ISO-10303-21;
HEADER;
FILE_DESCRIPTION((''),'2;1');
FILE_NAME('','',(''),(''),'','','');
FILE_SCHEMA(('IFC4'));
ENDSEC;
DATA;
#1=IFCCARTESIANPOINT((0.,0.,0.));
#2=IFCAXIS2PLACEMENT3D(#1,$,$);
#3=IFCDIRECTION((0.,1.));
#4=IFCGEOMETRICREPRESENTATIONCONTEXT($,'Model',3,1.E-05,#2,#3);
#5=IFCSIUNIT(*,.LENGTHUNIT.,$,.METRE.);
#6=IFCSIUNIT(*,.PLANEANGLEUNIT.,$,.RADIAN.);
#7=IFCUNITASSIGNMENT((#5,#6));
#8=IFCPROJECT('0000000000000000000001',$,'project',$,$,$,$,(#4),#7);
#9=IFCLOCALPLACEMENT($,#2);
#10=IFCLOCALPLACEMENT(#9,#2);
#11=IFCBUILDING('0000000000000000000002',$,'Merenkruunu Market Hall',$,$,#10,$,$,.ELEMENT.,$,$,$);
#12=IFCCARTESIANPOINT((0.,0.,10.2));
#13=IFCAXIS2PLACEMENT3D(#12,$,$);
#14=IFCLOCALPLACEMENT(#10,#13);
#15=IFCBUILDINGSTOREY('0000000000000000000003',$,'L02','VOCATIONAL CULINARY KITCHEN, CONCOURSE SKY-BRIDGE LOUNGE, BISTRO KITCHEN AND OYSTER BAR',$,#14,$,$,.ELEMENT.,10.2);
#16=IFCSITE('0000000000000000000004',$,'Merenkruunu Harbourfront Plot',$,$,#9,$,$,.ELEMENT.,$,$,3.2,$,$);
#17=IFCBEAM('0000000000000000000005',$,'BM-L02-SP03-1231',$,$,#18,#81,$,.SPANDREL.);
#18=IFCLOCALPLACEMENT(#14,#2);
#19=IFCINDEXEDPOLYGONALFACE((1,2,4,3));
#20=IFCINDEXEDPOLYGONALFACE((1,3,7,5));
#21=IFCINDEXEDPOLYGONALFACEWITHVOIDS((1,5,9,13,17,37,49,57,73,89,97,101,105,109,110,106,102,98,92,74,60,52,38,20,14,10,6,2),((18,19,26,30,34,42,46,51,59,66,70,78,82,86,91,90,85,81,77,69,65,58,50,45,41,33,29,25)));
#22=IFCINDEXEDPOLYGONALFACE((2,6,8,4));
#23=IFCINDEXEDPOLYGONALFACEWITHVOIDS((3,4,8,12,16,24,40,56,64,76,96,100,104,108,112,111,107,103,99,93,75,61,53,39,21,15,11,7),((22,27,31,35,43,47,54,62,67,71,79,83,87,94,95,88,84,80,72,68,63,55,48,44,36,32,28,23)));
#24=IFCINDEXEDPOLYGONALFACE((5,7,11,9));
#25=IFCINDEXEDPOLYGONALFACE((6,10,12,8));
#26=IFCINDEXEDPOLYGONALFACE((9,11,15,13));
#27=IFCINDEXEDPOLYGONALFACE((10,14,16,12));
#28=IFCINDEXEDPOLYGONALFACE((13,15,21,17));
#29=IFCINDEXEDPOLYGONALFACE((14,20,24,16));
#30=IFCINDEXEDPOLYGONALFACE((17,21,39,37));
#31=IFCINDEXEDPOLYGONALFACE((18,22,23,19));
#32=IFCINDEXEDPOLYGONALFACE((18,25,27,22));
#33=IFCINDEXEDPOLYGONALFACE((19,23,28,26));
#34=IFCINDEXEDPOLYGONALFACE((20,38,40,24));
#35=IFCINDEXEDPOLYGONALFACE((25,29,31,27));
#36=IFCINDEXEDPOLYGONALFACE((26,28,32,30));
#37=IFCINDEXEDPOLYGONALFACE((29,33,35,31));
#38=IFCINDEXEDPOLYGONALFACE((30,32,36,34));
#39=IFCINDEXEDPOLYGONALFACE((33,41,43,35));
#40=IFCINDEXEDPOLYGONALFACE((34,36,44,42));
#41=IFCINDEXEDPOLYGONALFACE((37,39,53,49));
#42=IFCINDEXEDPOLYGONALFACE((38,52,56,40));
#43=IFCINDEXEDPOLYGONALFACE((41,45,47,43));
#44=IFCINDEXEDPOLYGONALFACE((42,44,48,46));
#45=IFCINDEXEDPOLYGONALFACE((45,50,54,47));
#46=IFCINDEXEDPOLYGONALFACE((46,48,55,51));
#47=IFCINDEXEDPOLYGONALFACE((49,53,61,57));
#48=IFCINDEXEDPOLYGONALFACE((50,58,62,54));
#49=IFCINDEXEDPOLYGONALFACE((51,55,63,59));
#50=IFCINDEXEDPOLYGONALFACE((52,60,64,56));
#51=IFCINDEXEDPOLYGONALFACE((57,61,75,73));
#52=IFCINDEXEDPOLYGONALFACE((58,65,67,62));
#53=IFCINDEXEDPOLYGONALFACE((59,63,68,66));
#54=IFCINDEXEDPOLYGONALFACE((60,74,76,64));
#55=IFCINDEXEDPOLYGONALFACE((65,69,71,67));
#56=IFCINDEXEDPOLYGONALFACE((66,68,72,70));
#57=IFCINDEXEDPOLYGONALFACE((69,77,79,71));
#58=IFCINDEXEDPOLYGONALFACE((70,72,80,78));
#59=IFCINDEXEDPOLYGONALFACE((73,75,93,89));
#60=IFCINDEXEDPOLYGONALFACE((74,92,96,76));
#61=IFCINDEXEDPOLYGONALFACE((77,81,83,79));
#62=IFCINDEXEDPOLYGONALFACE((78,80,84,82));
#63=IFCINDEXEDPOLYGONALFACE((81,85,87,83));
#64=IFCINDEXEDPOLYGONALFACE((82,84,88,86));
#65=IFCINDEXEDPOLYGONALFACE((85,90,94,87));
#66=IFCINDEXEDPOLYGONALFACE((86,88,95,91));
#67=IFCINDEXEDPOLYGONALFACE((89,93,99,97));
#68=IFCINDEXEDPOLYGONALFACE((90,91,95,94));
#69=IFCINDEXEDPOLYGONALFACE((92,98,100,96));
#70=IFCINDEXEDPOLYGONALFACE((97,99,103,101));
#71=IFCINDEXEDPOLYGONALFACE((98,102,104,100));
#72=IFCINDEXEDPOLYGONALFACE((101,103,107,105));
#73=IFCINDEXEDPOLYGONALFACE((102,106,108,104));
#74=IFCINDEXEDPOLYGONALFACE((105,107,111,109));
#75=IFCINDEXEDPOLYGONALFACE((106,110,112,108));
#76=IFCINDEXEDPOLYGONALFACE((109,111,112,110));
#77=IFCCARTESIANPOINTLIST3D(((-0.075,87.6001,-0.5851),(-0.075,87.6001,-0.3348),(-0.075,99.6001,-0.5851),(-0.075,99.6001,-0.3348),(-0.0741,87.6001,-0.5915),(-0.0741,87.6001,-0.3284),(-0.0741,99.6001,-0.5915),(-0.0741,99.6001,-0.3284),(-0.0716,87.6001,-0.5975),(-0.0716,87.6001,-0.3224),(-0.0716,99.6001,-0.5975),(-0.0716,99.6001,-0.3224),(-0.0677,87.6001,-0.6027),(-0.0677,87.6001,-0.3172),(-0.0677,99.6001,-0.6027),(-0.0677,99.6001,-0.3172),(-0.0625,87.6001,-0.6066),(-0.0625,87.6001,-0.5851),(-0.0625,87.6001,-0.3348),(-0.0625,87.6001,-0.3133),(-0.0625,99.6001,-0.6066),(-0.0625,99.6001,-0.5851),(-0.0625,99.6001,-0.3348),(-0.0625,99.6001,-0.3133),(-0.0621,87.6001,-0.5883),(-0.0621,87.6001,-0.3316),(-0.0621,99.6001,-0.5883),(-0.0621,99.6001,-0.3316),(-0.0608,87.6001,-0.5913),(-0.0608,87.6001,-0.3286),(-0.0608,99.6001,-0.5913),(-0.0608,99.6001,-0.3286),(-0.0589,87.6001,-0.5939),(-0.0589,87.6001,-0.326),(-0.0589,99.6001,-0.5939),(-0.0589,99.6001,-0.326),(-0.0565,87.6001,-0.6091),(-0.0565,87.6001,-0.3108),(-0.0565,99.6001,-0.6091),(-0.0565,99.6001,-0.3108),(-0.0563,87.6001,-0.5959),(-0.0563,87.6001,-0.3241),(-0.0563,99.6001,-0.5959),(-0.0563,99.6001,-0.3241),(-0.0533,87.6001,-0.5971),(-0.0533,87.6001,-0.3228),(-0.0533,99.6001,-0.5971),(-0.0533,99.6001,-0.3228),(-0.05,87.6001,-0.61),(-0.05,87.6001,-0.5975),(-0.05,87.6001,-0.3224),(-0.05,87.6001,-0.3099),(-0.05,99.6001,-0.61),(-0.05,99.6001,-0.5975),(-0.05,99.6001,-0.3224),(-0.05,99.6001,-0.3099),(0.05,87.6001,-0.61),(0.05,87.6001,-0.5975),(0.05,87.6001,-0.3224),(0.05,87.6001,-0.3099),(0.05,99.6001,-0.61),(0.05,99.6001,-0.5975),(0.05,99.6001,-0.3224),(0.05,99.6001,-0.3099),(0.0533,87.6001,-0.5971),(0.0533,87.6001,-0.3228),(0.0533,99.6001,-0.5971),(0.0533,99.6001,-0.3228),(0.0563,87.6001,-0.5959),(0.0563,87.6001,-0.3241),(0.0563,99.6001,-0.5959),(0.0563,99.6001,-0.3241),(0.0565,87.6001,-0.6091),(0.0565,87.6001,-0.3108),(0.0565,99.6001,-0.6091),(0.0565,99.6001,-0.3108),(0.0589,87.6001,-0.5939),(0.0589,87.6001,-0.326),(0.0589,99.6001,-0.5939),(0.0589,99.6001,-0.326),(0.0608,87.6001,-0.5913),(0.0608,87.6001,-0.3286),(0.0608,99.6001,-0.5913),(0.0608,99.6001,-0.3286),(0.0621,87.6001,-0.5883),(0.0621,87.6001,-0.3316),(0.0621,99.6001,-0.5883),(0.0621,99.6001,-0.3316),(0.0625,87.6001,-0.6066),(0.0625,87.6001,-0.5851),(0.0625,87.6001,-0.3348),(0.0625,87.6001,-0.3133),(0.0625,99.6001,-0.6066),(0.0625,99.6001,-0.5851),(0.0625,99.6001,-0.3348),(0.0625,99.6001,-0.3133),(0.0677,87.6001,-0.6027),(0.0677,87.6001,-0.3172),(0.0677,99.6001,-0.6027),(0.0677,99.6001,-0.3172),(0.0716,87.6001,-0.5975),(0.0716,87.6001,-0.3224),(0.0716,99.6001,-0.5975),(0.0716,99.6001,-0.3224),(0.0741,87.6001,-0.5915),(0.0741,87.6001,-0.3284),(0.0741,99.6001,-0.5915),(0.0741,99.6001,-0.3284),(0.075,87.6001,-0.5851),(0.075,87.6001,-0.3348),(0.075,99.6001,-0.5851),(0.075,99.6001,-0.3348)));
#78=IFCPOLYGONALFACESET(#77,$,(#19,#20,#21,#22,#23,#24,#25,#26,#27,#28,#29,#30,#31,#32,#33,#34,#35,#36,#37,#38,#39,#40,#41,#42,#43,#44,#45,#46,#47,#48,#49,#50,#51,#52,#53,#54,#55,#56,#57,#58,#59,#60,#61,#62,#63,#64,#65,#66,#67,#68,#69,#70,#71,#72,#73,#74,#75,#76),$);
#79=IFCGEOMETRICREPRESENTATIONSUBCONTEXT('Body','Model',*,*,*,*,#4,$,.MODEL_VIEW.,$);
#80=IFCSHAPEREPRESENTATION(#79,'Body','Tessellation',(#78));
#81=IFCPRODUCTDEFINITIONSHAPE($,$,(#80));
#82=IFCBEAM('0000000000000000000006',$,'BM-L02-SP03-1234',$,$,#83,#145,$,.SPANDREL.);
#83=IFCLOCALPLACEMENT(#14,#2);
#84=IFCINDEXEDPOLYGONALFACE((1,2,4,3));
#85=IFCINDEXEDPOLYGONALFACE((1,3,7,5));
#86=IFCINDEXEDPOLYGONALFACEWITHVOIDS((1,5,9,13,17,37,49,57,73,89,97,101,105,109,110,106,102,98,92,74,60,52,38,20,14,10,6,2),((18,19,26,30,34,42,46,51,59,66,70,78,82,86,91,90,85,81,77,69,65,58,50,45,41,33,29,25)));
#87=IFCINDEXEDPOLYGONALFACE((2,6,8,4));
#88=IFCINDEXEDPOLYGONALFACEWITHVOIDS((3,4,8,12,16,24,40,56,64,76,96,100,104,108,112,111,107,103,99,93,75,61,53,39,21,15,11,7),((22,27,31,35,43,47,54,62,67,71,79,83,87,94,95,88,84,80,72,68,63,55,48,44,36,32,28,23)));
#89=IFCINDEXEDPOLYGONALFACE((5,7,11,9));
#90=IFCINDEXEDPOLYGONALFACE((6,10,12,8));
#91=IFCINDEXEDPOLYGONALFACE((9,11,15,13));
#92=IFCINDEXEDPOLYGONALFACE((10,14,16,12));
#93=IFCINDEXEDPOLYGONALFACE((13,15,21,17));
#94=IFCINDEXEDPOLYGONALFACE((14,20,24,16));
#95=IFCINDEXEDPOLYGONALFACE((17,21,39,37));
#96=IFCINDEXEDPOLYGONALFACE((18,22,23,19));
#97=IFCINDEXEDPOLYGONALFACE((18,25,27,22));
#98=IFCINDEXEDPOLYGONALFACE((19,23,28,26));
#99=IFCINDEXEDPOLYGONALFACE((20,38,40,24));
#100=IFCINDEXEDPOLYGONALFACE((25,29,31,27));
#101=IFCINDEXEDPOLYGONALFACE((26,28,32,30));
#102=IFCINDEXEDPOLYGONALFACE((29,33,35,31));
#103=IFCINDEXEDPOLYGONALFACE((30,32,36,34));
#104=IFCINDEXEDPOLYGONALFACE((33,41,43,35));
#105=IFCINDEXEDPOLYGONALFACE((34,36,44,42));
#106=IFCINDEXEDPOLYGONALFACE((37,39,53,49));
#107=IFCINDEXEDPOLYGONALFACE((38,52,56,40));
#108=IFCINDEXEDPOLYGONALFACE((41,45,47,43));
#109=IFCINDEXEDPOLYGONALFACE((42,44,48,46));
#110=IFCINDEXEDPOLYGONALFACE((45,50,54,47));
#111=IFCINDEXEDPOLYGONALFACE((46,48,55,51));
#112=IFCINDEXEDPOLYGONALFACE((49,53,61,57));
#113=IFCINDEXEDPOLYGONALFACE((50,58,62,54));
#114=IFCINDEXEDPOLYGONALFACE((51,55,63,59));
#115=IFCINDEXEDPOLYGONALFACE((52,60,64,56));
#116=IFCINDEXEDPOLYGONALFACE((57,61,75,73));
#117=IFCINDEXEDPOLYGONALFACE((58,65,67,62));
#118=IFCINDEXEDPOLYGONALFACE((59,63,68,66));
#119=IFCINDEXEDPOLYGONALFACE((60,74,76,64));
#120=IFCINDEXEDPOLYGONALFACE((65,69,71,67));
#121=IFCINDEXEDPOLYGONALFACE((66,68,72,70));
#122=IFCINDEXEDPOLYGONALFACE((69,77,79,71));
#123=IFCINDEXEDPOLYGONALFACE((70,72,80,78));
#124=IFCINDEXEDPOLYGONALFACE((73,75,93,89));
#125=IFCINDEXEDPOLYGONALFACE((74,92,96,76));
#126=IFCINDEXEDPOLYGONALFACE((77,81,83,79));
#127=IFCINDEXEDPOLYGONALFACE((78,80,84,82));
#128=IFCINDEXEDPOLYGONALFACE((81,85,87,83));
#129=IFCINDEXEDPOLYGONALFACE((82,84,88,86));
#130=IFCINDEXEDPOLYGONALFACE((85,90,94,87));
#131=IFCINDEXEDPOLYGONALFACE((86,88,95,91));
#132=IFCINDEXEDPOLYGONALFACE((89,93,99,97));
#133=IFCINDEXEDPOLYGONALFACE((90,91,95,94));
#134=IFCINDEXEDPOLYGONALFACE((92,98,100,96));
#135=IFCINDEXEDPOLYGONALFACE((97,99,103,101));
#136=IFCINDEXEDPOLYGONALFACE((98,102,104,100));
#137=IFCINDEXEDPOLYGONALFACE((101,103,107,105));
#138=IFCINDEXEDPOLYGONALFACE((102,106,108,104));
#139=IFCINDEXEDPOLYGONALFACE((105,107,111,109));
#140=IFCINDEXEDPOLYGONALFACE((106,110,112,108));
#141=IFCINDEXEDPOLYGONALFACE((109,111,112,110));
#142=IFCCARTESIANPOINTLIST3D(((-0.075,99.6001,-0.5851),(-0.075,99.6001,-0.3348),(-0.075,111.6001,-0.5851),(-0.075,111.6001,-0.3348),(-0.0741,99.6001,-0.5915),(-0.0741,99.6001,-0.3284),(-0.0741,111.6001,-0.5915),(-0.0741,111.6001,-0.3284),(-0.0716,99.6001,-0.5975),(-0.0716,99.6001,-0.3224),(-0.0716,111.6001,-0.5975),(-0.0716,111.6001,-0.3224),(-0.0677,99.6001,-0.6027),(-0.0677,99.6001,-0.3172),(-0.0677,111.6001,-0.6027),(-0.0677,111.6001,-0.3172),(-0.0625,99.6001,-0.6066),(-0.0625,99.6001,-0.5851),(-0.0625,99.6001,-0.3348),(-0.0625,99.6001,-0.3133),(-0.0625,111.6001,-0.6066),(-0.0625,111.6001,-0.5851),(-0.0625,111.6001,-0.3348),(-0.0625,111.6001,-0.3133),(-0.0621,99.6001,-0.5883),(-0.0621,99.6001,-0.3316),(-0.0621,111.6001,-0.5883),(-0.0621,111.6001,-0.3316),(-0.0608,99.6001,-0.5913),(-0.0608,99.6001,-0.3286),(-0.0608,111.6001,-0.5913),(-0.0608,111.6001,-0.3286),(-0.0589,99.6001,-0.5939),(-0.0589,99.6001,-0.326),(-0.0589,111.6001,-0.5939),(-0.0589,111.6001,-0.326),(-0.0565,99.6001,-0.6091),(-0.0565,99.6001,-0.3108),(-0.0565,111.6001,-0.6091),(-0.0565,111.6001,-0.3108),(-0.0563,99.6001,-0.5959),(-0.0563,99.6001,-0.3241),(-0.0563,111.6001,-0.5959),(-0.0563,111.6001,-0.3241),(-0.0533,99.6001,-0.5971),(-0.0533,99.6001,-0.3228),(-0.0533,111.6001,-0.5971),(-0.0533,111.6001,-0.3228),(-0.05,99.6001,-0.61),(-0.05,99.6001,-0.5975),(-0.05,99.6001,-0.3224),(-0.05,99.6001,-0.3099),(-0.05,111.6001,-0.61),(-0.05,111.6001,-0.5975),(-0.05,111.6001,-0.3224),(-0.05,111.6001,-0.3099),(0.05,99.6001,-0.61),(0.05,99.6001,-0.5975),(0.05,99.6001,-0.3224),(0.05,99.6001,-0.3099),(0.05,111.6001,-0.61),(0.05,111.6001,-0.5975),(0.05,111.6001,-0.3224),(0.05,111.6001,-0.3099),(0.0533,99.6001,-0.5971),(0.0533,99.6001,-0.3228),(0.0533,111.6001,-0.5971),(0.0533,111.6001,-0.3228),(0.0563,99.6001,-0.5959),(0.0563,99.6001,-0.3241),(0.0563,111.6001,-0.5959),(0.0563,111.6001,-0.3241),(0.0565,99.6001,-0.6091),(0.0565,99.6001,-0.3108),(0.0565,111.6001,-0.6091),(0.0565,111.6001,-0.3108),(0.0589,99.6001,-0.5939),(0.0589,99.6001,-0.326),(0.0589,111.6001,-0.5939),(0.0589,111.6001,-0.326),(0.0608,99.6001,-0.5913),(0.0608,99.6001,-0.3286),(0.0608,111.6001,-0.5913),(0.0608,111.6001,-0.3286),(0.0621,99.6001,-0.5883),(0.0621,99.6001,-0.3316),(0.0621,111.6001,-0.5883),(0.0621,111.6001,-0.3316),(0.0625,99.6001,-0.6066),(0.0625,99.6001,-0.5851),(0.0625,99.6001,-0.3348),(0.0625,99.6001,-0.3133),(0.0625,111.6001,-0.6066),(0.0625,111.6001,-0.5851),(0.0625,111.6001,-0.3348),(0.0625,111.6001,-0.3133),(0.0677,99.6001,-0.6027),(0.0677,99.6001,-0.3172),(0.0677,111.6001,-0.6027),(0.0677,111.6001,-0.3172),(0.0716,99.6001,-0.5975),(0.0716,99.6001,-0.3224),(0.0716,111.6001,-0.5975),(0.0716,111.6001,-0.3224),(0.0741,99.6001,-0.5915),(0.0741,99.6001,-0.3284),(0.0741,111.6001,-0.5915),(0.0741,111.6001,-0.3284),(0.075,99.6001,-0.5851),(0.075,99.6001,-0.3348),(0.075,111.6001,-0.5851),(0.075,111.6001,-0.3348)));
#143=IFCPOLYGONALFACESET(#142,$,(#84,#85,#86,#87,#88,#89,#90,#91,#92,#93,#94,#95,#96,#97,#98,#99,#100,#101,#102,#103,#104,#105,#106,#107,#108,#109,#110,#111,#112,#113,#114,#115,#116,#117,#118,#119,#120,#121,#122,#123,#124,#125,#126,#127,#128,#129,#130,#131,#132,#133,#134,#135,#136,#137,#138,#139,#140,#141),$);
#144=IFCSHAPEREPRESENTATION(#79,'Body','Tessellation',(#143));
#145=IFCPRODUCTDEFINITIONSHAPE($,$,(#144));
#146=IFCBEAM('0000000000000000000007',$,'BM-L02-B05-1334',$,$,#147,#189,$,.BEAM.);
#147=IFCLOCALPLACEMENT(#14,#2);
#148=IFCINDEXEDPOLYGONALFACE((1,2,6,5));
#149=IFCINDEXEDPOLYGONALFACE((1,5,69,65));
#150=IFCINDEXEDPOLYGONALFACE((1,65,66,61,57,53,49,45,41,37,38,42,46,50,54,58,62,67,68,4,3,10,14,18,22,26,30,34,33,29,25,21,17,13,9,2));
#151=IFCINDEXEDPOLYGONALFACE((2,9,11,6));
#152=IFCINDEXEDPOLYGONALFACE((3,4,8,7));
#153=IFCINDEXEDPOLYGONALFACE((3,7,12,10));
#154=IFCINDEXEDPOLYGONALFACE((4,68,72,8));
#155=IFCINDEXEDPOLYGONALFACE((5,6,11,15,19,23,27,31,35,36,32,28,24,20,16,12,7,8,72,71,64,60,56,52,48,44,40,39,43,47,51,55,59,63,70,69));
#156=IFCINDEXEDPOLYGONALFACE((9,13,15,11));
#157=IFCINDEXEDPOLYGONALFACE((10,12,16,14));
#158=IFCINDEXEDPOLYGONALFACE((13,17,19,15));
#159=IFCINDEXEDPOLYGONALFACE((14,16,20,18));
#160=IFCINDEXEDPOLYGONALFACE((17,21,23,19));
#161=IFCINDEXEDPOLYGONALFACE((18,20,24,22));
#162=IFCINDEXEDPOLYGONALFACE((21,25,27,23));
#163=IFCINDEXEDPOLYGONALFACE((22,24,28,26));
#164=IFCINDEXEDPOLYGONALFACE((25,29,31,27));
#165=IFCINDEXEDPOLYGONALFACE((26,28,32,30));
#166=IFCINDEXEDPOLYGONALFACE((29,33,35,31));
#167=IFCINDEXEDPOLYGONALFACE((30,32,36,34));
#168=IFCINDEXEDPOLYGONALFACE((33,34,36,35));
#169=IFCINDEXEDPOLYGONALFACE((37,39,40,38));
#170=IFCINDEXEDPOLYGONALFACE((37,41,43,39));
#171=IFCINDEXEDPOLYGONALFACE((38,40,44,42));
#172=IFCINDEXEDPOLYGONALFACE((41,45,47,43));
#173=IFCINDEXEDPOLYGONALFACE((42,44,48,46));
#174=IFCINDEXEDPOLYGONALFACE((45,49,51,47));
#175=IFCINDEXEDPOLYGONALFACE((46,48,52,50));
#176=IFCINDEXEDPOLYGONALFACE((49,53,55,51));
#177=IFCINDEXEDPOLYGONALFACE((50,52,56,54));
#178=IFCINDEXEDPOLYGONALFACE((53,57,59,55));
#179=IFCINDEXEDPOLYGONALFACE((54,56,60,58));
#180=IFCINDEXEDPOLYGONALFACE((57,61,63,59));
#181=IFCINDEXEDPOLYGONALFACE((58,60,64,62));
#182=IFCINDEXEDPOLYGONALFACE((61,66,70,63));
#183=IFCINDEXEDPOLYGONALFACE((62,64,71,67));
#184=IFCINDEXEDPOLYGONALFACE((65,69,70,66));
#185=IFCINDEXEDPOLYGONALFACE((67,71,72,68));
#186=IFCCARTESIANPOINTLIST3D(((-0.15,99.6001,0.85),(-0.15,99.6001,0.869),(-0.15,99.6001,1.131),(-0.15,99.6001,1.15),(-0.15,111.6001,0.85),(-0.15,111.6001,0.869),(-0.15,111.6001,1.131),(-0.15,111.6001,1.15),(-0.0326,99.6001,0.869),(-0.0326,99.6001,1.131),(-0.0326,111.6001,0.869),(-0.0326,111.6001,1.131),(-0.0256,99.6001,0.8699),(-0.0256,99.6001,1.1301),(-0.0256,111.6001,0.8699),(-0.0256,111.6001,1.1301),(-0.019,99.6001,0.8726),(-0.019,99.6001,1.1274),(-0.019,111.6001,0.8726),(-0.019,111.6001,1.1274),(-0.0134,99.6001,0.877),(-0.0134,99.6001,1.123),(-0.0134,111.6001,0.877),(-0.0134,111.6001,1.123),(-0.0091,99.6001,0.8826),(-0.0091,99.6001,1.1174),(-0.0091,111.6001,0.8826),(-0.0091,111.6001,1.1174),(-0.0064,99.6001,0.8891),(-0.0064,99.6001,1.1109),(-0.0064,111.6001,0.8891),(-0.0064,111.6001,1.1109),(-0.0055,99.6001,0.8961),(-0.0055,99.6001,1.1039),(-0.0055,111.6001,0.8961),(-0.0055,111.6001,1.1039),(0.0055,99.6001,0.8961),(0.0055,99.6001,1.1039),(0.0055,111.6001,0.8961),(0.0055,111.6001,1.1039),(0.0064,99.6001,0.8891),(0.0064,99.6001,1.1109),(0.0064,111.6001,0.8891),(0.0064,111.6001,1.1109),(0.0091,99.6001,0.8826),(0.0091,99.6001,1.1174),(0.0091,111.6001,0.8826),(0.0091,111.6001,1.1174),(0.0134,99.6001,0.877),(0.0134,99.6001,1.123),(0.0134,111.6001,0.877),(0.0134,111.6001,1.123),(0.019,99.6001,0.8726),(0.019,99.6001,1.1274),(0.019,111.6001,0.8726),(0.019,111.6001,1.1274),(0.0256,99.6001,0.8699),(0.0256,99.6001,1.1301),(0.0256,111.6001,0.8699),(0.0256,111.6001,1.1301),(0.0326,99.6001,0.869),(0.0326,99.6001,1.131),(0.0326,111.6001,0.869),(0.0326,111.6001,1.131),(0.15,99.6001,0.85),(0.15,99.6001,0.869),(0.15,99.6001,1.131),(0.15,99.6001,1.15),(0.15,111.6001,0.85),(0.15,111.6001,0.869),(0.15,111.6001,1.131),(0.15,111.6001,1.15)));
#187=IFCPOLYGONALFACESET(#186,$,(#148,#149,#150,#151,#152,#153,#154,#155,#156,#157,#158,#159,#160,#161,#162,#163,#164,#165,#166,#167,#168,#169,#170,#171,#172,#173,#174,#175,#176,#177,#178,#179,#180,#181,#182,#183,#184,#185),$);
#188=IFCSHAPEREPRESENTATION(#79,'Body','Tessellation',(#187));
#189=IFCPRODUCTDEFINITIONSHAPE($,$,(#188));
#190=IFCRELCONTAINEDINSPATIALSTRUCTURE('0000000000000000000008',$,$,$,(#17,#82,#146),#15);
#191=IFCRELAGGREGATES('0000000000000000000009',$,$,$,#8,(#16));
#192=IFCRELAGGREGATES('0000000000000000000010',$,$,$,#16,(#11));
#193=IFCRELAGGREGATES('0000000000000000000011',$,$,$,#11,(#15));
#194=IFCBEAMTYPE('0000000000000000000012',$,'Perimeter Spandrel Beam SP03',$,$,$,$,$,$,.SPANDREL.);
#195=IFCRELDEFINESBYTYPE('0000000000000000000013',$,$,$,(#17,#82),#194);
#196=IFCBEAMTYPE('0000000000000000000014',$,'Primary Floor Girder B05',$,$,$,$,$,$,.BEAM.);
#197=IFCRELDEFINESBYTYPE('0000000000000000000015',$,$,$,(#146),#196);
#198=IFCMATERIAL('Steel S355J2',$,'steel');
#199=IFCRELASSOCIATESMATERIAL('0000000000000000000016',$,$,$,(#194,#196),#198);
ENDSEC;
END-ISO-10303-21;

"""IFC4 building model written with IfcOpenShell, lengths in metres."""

from ifc_helpers import new_model, si_unit, direction, frame, origin, origin_2d, place, context, subcontext, project, spatial, hollow_rectangle, i_section, extrude, material, material_profile, profile_set, type_object, element, save


model = new_model("IFC4")

# Units and contexts
model_context = context("Model", 3, precision=1e-05, world=origin(), true_north=direction((0.0, 1.0)))
body_context = subcontext(model_context, "Body", "Model", "MODEL_VIEW")
ifc_project = project(units=[si_unit("LENGTHUNIT", "METRE"), si_unit("PLANEANGLEUNIT", "RADIAN")], contexts=[model_context])

# Site, building, storey
site_placement = place(None, origin())
site = spatial("IfcSite", under=ifc_project, at=site_placement, Name="Merenkruunu Harbourfront Plot", CompositionType="ELEMENT", RefElevation=3.2)
building_placement = place(site_placement, origin())
building = spatial("IfcBuilding", under=site, at=building_placement, Name="Merenkruunu Market Hall", CompositionType="ELEMENT")
storey_placement = place(building_placement, frame((0.0, 0.0, 10.2)))
storey = spatial("IfcBuildingStorey", under=building, at=storey_placement, Name="L02", Description="VOCATIONAL CULINARY KITCHEN, CONCOURSE SKY-BRIDGE LOUNGE, BISTRO KITCHEN AND OYSTER BAR", CompositionType="ELEMENT", Elevation=10.2)

# Shared definitions
ifc_material_1 = material(Name="Steel S355J2", Category="steel")

# Beams
ifc_material_profile_1 = material_profile(ifc_material_1, hollow_rectangle(XDim=0.1499, YDim=0.3, WallThickness=0.0125, InnerFilletRadius=0.0125, OuterFilletRadius=0.0249, at=origin_2d()), Name="RHS 300x150x12.5")
ifc_profile_set_1 = profile_set([ifc_material_profile_1], Name="Steel S355J2")
beam_type_1 = type_object("IfcBeamType", Name="Perimeter Spandrel Beam SP03", PredefinedType="SPANDREL", material=ifc_profile_set_1)
for number, where, z_axis, x_axis, name in (
    (1, (0.0, 87.6001, -0.46), (0.0, 1.0, 0.0), (-1.0, 0.0, 0.0), "BM-L02-SP03-1231"),
    (2, (0.0, 99.6001, -0.46), (0.0, 1.0, 0.0), (-1.0, 0.0, 0.0), "BM-L02-SP03-1234"),
):
    element("IfcBeam", number, at=place(storey_placement, frame(where, z_axis=z_axis, x_axis=x_axis)), inside=storey, type_object=beam_type_1, Name=name, PredefinedType="SPANDREL", context=body_context, shape_type="SweptSolid", body=[
        extrude(hollow_rectangle(XDim=0.1499, YDim=0.3, WallThickness=0.0125, InnerFilletRadius=0.0125, OuterFilletRadius=0.0249, at=origin_2d()), origin(), (0.0, 0.0, 1.0), 12.0),
    ])
ifc_material_profile_2 = material_profile(ifc_material_1, i_section(OverallWidth=0.3, OverallDepth=0.3, WebThickness=0.011, FlangeThickness=0.019, FilletRadius=0.0271, at=origin_2d()), Name="HEB 300")
ifc_profile_set_2 = profile_set([ifc_material_profile_2], Name="Steel S355J2")
beam_type_2 = type_object("IfcBeamType", Name="Primary Floor Girder B05", PredefinedType="BEAM", material=ifc_profile_set_2)
beam_placement = place(storey_placement, frame((0.0, 99.6001, 1.0), z_axis=(0.0, 1.0, 0.0), x_axis=(-1.0, 0.0, 0.0)))
element("IfcBeam", 3, at=beam_placement, inside=storey, type_object=beam_type_2, Name="BM-L02-B05-1334", PredefinedType="BEAM", context=body_context, shape_type="SweptSolid", body=[
    extrude(i_section(OverallWidth=0.3, OverallDepth=0.3, WebThickness=0.011, FlangeThickness=0.019, FilletRadius=0.0271, at=origin_2d()), origin(), (0.0, 0.0, 1.0), 12.0),
])

save(model, "model.ifc")
